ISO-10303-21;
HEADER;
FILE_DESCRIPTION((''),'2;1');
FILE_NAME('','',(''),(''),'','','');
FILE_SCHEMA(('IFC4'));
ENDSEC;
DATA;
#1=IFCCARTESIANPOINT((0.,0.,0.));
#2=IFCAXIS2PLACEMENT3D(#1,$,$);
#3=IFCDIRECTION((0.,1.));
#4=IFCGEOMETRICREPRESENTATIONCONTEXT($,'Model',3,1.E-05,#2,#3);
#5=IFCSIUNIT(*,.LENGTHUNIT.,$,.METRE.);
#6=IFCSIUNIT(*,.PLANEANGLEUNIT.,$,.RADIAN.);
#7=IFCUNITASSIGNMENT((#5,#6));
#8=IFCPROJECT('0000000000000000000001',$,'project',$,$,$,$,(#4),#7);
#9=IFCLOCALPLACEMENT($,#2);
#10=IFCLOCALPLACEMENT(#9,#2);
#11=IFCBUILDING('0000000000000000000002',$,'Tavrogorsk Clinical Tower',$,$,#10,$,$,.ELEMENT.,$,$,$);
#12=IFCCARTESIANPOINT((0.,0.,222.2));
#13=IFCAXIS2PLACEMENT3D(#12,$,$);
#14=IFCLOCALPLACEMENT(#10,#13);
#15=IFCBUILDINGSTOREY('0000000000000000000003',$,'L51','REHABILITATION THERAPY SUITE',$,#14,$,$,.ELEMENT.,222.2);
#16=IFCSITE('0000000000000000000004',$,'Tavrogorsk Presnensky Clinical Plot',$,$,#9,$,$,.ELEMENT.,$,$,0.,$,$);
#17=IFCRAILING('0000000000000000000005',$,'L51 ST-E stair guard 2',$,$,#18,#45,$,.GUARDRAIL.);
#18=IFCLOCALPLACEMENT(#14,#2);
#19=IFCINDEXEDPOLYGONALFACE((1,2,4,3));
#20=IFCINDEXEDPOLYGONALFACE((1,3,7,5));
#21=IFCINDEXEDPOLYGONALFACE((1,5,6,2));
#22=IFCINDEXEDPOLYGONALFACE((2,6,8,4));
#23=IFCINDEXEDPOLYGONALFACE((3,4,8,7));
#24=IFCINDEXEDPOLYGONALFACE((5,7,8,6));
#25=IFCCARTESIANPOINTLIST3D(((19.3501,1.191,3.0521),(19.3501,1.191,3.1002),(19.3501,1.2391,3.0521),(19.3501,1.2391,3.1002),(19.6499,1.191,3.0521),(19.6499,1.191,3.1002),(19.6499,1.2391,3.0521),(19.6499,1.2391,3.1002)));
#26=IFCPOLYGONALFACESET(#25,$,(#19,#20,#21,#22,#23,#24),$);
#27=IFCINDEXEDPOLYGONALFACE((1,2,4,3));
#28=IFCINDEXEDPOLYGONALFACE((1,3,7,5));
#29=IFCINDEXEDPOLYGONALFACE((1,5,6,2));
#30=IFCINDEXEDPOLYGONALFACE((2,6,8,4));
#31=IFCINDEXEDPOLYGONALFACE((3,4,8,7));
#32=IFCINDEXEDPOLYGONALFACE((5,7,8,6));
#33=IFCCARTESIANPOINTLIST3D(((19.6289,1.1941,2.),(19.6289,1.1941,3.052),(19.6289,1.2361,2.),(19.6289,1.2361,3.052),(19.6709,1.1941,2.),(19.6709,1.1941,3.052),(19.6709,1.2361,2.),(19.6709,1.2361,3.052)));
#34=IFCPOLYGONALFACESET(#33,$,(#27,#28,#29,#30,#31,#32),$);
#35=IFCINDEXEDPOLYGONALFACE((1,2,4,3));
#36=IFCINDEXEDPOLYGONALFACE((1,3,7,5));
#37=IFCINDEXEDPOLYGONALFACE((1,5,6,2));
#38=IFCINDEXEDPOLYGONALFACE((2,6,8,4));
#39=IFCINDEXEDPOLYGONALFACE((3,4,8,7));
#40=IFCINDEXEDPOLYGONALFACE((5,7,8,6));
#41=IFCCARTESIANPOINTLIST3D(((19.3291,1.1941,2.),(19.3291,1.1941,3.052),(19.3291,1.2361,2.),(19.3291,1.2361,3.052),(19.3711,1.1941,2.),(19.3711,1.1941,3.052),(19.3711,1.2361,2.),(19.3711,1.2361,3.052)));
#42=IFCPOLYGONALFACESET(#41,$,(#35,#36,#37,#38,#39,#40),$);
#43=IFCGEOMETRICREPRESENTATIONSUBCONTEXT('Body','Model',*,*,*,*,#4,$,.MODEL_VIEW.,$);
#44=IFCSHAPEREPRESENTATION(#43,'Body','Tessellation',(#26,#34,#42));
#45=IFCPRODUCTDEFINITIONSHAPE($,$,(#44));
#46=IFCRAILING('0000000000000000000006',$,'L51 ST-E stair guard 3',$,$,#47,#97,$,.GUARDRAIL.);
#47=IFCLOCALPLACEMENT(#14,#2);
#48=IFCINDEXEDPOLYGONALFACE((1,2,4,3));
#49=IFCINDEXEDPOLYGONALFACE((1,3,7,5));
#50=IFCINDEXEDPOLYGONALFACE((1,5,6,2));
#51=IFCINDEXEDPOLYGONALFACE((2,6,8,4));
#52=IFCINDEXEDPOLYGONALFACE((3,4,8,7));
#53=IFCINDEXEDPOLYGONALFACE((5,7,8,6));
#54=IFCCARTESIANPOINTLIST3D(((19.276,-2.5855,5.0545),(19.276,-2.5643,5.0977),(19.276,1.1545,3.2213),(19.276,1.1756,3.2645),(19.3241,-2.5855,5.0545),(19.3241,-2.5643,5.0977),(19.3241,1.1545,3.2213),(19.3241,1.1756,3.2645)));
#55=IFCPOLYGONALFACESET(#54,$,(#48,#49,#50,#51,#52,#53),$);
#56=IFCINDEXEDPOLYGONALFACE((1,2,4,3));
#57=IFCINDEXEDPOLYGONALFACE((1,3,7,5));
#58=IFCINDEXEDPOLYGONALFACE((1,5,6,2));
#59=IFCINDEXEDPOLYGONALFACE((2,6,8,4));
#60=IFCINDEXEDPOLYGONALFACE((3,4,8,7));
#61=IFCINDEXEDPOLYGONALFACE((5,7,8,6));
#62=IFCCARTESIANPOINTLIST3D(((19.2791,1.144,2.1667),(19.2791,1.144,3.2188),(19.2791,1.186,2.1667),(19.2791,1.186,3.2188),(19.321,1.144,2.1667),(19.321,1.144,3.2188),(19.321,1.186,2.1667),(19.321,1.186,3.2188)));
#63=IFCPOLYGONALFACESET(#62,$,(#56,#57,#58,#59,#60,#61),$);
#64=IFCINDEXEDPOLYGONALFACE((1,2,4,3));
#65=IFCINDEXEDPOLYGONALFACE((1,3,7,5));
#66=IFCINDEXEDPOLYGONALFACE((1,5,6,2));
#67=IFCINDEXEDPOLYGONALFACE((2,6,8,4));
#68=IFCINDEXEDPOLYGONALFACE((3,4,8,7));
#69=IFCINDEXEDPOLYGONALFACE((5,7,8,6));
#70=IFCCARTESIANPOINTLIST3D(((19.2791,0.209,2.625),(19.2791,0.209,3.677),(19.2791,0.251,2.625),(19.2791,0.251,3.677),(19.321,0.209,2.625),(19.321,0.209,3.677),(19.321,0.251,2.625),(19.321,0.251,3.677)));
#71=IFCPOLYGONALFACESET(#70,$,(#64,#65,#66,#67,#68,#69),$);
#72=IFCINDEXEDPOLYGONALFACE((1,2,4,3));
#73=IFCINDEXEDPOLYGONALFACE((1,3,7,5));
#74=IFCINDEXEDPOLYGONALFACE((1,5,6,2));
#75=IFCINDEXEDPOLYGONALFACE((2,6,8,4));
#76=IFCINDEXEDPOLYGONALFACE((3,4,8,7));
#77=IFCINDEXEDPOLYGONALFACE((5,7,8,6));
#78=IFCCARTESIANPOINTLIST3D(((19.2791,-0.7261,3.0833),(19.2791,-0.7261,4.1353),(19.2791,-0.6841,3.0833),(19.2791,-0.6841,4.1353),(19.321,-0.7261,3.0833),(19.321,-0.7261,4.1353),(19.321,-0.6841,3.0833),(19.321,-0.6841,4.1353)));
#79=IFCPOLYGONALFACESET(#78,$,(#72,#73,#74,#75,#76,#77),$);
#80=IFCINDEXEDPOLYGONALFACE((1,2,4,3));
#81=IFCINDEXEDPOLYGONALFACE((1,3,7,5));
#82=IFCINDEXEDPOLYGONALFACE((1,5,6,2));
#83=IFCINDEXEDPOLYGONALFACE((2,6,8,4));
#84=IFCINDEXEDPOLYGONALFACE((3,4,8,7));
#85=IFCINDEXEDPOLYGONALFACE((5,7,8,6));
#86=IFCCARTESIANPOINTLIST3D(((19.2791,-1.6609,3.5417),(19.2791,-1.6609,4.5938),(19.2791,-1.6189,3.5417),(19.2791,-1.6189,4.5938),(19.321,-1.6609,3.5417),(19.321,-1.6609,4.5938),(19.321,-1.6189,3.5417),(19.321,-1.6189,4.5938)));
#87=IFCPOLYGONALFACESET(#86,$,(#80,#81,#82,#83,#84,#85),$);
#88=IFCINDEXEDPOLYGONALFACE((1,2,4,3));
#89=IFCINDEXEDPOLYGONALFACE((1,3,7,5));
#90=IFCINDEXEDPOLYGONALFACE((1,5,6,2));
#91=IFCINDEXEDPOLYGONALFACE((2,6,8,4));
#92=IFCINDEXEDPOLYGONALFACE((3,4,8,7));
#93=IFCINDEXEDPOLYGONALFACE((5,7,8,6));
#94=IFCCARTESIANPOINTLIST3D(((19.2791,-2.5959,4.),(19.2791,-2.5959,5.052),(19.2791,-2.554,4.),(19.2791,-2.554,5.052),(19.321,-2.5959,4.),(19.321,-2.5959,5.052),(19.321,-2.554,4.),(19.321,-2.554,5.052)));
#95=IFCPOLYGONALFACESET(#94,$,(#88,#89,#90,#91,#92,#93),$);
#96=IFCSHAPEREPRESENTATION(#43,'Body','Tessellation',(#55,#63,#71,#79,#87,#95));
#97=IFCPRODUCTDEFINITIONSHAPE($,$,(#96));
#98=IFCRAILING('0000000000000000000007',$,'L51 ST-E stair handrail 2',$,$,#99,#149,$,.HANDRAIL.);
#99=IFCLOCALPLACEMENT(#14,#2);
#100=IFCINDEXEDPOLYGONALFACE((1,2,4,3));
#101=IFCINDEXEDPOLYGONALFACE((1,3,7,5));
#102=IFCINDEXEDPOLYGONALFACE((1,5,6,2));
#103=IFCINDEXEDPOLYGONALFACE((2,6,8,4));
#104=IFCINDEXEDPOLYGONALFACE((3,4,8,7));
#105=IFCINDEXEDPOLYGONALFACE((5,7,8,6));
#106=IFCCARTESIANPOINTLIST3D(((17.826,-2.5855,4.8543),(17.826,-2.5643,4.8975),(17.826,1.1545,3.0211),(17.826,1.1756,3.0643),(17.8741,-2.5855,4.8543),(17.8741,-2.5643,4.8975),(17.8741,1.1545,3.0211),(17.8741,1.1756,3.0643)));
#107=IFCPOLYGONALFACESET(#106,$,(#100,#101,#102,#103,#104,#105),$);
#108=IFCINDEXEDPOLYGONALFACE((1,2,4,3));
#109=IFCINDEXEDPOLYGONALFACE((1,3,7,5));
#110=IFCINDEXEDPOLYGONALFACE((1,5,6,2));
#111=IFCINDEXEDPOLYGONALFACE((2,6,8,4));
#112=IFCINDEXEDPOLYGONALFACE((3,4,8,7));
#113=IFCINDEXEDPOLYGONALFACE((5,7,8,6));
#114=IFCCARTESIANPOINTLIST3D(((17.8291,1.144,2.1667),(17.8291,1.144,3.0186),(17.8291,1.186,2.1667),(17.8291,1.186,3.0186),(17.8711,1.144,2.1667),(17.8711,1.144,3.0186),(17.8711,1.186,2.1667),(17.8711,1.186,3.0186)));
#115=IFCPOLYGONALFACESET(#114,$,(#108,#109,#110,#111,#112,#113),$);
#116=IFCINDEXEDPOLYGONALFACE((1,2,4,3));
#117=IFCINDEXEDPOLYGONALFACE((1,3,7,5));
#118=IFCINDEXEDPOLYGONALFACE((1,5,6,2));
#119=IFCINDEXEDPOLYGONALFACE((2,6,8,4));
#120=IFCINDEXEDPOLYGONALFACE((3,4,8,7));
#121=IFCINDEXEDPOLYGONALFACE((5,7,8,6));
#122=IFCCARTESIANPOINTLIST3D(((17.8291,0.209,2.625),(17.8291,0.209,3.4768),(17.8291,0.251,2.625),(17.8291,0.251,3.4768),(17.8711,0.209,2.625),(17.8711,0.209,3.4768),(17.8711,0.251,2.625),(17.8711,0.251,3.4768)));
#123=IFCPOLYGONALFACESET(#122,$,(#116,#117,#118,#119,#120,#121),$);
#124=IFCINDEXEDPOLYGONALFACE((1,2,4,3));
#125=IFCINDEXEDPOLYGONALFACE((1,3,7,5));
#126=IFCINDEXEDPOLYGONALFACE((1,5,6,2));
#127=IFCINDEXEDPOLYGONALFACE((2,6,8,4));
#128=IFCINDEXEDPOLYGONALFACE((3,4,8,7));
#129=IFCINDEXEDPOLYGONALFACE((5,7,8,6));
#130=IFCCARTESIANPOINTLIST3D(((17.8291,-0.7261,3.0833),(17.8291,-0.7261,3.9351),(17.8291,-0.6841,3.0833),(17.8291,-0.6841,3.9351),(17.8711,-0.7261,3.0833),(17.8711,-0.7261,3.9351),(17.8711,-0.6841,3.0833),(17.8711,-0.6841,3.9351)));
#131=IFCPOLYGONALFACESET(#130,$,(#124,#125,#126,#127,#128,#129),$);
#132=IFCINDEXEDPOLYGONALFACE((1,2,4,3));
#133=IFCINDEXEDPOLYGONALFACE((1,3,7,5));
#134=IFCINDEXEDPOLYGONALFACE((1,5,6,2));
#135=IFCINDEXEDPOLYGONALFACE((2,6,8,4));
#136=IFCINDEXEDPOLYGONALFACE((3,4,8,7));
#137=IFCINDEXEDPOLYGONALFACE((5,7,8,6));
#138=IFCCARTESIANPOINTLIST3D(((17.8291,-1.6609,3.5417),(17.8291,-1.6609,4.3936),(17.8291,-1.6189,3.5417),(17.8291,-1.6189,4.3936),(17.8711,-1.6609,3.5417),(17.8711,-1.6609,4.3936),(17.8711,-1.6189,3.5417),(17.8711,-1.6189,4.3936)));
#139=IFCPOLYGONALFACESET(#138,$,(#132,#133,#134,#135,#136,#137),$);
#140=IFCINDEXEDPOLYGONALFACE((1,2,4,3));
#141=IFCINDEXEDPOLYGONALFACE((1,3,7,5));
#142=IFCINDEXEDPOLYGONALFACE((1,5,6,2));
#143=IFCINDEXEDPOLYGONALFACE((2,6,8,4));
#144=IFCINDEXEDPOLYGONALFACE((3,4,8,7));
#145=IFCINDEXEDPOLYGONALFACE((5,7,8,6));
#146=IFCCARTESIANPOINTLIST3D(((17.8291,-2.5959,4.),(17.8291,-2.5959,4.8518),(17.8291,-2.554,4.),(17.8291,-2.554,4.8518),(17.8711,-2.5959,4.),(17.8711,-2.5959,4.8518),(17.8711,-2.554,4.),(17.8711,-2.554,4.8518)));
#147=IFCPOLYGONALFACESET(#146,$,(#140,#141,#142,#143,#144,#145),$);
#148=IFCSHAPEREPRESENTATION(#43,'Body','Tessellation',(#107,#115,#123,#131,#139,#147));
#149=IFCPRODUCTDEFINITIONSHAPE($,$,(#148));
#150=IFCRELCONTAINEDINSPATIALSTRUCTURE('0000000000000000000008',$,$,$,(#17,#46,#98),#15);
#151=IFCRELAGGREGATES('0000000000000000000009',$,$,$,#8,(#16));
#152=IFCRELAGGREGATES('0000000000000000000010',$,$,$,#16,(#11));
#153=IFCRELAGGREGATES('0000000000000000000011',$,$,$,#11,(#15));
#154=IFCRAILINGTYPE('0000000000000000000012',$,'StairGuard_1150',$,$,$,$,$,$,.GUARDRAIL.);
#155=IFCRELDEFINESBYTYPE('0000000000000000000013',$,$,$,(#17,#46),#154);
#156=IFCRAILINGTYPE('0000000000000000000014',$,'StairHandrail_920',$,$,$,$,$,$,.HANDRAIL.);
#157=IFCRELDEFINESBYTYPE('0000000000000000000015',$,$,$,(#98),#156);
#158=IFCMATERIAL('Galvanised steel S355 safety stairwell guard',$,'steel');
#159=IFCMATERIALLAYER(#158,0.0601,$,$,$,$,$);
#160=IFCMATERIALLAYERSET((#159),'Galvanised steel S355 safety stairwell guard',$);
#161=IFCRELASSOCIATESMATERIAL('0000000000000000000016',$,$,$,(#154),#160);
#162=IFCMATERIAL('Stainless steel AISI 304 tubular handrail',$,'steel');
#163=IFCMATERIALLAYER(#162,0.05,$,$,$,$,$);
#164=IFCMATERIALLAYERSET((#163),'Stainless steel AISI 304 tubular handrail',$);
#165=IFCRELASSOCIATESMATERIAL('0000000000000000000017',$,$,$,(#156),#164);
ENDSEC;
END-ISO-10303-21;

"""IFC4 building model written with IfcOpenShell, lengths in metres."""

from ifc_helpers import new_model, si_unit, direction, frame, origin, origin_2d, place, context, subcontext, project, spatial, rectangle, extrude, material, layer, layer_set, type_object, element, save


model = new_model("IFC4")

# Units and contexts
model_context = context("Model", 3, precision=1e-05, world=origin(), true_north=direction((0.0, 1.0)))
body_context = subcontext(model_context, "Body", "Model", "MODEL_VIEW")
ifc_project = project(units=[si_unit("LENGTHUNIT", "METRE"), si_unit("PLANEANGLEUNIT", "RADIAN")], contexts=[model_context])

# Site, building, storey
site_placement = place(None, origin())
site = spatial("IfcSite", under=ifc_project, at=site_placement, Name="Tavrogorsk Presnensky Clinical Plot", CompositionType="ELEMENT", RefElevation=0.0)
building_placement = place(site_placement, origin())
building = spatial("IfcBuilding", under=site, at=building_placement, Name="Tavrogorsk Clinical Tower", CompositionType="ELEMENT")
storey_placement = place(building_placement, frame((0.0, 0.0, 222.2)))
storey = spatial("IfcBuildingStorey", under=building, at=storey_placement, Name="L51", Description="REHABILITATION THERAPY SUITE", CompositionType="ELEMENT", Elevation=222.2)

# Railings
ifc_material_1 = material(Name="Galvanised steel S355 safety stairwell guard", Category="steel")
ifc_layer_1 = layer(ifc_material_1, 0.0601)
ifc_layer_set_1 = layer_set([ifc_layer_1], Name="Galvanised steel S355 safety stairwell guard")
railing_type_1 = type_object("IfcRailingType", Name="StairGuard_1150", PredefinedType="GUARDRAIL", material=ifc_layer_set_1)
railing_1_placement = place(storey_placement, frame((19.6499, 1.2151, 2.0)))
element("IfcRailing", 1, at=railing_1_placement, inside=storey, type_object=railing_type_1, Name="L51 ST-E stair guard 2", PredefinedType="GUARDRAIL", context=body_context, shape_type="SweptSolid", body=[
    extrude(rectangle(XDim=0.0481, YDim=0.0481, at=origin_2d()), frame((0.0, 0.0, 1.0762), z_axis=(-1.0, 0.0, 0.0), x_axis=(0.0, -1.0, 0.0)), (0.0, 0.0, 1.0), 0.2998),
    extrude(rectangle(XDim=0.042, YDim=0.042, at=origin_2d()), origin(), (0.0, 0.0, 1.0), 1.052),
    extrude(rectangle(XDim=0.042, YDim=0.042, at=origin_2d()), frame((-0.2998, 0.0, 0.0)), (0.0, 0.0, 1.0), 1.052),
])
railing_2_placement = place(storey_placement, frame((19.3, 1.165, 2.1667)))
element("IfcRailing", 2, at=railing_2_placement, inside=storey, type_object=railing_type_1, Name="L51 ST-E stair guard 3", PredefinedType="GUARDRAIL", context=body_context, shape_type="SweptSolid", body=[
    extrude(rectangle(XDim=0.0481, YDim=0.0481, at=origin_2d()), frame((0.0, 0.0, 1.0762), z_axis=(0.0, -0.897928, 0.440142), x_axis=(1.0, 0.0, 0.0)), (0.0, 0.0, 1.0), 4.165),
    extrude(rectangle(XDim=0.042, YDim=0.042, at=origin_2d()), origin(), (0.0, 0.0, 1.0), 1.052),
    extrude(rectangle(XDim=0.042, YDim=0.042, at=origin_2d()), frame((0.0, -0.9351, 0.4583)), (0.0, 0.0, 1.0), 1.052),
    extrude(rectangle(XDim=0.042, YDim=0.042, at=origin_2d()), frame((0.0, -1.8701, 0.9165)), (0.0, 0.0, 1.0), 1.052),
    extrude(rectangle(XDim=0.042, YDim=0.042, at=origin_2d()), frame((0.0, -2.8049, 1.375)), (0.0, 0.0, 1.0), 1.052),
    extrude(rectangle(XDim=0.042, YDim=0.042, at=origin_2d()), frame((0.0, -3.74, 1.8333)), (0.0, 0.0, 1.0), 1.052),
])
ifc_material_2 = material(Name="Stainless steel AISI 304 tubular handrail", Category="steel")
ifc_layer_2 = layer(ifc_material_2, 0.05)
ifc_layer_set_2 = layer_set([ifc_layer_2], Name="Stainless steel AISI 304 tubular handrail")
railing_type_2 = type_object("IfcRailingType", Name="StairHandrail_920", PredefinedType="HANDRAIL", material=ifc_layer_set_2)
railing_3_placement = place(storey_placement, frame((17.8501, 1.165, 2.1667)))
element("IfcRailing", 3, at=railing_3_placement, inside=storey, type_object=railing_type_2, Name="L51 ST-E stair handrail 2", PredefinedType="HANDRAIL", context=body_context, shape_type="SweptSolid", body=[
    extrude(rectangle(XDim=0.0481, YDim=0.0481, at=origin_2d()), frame((0.0, 0.0, 0.876), z_axis=(0.0, -0.897928, 0.440142), x_axis=(1.0, 0.0, 0.0)), (0.0, 0.0, 1.0), 4.165),
    extrude(rectangle(XDim=0.042, YDim=0.042, at=origin_2d()), origin(), (0.0, 0.0, 1.0), 0.8518),
    extrude(rectangle(XDim=0.042, YDim=0.042, at=origin_2d()), frame((0.0, -0.9351, 0.4583)), (0.0, 0.0, 1.0), 0.8518),
    extrude(rectangle(XDim=0.042, YDim=0.042, at=origin_2d()), frame((0.0, -1.8701, 0.9165)), (0.0, 0.0, 1.0), 0.8518),
    extrude(rectangle(XDim=0.042, YDim=0.042, at=origin_2d()), frame((0.0, -2.8049, 1.375)), (0.0, 0.0, 1.0), 0.8518),
    extrude(rectangle(XDim=0.042, YDim=0.042, at=origin_2d()), frame((0.0, -3.74, 1.8333)), (0.0, 0.0, 1.0), 0.8518),
])

save(model, "model.ifc")
